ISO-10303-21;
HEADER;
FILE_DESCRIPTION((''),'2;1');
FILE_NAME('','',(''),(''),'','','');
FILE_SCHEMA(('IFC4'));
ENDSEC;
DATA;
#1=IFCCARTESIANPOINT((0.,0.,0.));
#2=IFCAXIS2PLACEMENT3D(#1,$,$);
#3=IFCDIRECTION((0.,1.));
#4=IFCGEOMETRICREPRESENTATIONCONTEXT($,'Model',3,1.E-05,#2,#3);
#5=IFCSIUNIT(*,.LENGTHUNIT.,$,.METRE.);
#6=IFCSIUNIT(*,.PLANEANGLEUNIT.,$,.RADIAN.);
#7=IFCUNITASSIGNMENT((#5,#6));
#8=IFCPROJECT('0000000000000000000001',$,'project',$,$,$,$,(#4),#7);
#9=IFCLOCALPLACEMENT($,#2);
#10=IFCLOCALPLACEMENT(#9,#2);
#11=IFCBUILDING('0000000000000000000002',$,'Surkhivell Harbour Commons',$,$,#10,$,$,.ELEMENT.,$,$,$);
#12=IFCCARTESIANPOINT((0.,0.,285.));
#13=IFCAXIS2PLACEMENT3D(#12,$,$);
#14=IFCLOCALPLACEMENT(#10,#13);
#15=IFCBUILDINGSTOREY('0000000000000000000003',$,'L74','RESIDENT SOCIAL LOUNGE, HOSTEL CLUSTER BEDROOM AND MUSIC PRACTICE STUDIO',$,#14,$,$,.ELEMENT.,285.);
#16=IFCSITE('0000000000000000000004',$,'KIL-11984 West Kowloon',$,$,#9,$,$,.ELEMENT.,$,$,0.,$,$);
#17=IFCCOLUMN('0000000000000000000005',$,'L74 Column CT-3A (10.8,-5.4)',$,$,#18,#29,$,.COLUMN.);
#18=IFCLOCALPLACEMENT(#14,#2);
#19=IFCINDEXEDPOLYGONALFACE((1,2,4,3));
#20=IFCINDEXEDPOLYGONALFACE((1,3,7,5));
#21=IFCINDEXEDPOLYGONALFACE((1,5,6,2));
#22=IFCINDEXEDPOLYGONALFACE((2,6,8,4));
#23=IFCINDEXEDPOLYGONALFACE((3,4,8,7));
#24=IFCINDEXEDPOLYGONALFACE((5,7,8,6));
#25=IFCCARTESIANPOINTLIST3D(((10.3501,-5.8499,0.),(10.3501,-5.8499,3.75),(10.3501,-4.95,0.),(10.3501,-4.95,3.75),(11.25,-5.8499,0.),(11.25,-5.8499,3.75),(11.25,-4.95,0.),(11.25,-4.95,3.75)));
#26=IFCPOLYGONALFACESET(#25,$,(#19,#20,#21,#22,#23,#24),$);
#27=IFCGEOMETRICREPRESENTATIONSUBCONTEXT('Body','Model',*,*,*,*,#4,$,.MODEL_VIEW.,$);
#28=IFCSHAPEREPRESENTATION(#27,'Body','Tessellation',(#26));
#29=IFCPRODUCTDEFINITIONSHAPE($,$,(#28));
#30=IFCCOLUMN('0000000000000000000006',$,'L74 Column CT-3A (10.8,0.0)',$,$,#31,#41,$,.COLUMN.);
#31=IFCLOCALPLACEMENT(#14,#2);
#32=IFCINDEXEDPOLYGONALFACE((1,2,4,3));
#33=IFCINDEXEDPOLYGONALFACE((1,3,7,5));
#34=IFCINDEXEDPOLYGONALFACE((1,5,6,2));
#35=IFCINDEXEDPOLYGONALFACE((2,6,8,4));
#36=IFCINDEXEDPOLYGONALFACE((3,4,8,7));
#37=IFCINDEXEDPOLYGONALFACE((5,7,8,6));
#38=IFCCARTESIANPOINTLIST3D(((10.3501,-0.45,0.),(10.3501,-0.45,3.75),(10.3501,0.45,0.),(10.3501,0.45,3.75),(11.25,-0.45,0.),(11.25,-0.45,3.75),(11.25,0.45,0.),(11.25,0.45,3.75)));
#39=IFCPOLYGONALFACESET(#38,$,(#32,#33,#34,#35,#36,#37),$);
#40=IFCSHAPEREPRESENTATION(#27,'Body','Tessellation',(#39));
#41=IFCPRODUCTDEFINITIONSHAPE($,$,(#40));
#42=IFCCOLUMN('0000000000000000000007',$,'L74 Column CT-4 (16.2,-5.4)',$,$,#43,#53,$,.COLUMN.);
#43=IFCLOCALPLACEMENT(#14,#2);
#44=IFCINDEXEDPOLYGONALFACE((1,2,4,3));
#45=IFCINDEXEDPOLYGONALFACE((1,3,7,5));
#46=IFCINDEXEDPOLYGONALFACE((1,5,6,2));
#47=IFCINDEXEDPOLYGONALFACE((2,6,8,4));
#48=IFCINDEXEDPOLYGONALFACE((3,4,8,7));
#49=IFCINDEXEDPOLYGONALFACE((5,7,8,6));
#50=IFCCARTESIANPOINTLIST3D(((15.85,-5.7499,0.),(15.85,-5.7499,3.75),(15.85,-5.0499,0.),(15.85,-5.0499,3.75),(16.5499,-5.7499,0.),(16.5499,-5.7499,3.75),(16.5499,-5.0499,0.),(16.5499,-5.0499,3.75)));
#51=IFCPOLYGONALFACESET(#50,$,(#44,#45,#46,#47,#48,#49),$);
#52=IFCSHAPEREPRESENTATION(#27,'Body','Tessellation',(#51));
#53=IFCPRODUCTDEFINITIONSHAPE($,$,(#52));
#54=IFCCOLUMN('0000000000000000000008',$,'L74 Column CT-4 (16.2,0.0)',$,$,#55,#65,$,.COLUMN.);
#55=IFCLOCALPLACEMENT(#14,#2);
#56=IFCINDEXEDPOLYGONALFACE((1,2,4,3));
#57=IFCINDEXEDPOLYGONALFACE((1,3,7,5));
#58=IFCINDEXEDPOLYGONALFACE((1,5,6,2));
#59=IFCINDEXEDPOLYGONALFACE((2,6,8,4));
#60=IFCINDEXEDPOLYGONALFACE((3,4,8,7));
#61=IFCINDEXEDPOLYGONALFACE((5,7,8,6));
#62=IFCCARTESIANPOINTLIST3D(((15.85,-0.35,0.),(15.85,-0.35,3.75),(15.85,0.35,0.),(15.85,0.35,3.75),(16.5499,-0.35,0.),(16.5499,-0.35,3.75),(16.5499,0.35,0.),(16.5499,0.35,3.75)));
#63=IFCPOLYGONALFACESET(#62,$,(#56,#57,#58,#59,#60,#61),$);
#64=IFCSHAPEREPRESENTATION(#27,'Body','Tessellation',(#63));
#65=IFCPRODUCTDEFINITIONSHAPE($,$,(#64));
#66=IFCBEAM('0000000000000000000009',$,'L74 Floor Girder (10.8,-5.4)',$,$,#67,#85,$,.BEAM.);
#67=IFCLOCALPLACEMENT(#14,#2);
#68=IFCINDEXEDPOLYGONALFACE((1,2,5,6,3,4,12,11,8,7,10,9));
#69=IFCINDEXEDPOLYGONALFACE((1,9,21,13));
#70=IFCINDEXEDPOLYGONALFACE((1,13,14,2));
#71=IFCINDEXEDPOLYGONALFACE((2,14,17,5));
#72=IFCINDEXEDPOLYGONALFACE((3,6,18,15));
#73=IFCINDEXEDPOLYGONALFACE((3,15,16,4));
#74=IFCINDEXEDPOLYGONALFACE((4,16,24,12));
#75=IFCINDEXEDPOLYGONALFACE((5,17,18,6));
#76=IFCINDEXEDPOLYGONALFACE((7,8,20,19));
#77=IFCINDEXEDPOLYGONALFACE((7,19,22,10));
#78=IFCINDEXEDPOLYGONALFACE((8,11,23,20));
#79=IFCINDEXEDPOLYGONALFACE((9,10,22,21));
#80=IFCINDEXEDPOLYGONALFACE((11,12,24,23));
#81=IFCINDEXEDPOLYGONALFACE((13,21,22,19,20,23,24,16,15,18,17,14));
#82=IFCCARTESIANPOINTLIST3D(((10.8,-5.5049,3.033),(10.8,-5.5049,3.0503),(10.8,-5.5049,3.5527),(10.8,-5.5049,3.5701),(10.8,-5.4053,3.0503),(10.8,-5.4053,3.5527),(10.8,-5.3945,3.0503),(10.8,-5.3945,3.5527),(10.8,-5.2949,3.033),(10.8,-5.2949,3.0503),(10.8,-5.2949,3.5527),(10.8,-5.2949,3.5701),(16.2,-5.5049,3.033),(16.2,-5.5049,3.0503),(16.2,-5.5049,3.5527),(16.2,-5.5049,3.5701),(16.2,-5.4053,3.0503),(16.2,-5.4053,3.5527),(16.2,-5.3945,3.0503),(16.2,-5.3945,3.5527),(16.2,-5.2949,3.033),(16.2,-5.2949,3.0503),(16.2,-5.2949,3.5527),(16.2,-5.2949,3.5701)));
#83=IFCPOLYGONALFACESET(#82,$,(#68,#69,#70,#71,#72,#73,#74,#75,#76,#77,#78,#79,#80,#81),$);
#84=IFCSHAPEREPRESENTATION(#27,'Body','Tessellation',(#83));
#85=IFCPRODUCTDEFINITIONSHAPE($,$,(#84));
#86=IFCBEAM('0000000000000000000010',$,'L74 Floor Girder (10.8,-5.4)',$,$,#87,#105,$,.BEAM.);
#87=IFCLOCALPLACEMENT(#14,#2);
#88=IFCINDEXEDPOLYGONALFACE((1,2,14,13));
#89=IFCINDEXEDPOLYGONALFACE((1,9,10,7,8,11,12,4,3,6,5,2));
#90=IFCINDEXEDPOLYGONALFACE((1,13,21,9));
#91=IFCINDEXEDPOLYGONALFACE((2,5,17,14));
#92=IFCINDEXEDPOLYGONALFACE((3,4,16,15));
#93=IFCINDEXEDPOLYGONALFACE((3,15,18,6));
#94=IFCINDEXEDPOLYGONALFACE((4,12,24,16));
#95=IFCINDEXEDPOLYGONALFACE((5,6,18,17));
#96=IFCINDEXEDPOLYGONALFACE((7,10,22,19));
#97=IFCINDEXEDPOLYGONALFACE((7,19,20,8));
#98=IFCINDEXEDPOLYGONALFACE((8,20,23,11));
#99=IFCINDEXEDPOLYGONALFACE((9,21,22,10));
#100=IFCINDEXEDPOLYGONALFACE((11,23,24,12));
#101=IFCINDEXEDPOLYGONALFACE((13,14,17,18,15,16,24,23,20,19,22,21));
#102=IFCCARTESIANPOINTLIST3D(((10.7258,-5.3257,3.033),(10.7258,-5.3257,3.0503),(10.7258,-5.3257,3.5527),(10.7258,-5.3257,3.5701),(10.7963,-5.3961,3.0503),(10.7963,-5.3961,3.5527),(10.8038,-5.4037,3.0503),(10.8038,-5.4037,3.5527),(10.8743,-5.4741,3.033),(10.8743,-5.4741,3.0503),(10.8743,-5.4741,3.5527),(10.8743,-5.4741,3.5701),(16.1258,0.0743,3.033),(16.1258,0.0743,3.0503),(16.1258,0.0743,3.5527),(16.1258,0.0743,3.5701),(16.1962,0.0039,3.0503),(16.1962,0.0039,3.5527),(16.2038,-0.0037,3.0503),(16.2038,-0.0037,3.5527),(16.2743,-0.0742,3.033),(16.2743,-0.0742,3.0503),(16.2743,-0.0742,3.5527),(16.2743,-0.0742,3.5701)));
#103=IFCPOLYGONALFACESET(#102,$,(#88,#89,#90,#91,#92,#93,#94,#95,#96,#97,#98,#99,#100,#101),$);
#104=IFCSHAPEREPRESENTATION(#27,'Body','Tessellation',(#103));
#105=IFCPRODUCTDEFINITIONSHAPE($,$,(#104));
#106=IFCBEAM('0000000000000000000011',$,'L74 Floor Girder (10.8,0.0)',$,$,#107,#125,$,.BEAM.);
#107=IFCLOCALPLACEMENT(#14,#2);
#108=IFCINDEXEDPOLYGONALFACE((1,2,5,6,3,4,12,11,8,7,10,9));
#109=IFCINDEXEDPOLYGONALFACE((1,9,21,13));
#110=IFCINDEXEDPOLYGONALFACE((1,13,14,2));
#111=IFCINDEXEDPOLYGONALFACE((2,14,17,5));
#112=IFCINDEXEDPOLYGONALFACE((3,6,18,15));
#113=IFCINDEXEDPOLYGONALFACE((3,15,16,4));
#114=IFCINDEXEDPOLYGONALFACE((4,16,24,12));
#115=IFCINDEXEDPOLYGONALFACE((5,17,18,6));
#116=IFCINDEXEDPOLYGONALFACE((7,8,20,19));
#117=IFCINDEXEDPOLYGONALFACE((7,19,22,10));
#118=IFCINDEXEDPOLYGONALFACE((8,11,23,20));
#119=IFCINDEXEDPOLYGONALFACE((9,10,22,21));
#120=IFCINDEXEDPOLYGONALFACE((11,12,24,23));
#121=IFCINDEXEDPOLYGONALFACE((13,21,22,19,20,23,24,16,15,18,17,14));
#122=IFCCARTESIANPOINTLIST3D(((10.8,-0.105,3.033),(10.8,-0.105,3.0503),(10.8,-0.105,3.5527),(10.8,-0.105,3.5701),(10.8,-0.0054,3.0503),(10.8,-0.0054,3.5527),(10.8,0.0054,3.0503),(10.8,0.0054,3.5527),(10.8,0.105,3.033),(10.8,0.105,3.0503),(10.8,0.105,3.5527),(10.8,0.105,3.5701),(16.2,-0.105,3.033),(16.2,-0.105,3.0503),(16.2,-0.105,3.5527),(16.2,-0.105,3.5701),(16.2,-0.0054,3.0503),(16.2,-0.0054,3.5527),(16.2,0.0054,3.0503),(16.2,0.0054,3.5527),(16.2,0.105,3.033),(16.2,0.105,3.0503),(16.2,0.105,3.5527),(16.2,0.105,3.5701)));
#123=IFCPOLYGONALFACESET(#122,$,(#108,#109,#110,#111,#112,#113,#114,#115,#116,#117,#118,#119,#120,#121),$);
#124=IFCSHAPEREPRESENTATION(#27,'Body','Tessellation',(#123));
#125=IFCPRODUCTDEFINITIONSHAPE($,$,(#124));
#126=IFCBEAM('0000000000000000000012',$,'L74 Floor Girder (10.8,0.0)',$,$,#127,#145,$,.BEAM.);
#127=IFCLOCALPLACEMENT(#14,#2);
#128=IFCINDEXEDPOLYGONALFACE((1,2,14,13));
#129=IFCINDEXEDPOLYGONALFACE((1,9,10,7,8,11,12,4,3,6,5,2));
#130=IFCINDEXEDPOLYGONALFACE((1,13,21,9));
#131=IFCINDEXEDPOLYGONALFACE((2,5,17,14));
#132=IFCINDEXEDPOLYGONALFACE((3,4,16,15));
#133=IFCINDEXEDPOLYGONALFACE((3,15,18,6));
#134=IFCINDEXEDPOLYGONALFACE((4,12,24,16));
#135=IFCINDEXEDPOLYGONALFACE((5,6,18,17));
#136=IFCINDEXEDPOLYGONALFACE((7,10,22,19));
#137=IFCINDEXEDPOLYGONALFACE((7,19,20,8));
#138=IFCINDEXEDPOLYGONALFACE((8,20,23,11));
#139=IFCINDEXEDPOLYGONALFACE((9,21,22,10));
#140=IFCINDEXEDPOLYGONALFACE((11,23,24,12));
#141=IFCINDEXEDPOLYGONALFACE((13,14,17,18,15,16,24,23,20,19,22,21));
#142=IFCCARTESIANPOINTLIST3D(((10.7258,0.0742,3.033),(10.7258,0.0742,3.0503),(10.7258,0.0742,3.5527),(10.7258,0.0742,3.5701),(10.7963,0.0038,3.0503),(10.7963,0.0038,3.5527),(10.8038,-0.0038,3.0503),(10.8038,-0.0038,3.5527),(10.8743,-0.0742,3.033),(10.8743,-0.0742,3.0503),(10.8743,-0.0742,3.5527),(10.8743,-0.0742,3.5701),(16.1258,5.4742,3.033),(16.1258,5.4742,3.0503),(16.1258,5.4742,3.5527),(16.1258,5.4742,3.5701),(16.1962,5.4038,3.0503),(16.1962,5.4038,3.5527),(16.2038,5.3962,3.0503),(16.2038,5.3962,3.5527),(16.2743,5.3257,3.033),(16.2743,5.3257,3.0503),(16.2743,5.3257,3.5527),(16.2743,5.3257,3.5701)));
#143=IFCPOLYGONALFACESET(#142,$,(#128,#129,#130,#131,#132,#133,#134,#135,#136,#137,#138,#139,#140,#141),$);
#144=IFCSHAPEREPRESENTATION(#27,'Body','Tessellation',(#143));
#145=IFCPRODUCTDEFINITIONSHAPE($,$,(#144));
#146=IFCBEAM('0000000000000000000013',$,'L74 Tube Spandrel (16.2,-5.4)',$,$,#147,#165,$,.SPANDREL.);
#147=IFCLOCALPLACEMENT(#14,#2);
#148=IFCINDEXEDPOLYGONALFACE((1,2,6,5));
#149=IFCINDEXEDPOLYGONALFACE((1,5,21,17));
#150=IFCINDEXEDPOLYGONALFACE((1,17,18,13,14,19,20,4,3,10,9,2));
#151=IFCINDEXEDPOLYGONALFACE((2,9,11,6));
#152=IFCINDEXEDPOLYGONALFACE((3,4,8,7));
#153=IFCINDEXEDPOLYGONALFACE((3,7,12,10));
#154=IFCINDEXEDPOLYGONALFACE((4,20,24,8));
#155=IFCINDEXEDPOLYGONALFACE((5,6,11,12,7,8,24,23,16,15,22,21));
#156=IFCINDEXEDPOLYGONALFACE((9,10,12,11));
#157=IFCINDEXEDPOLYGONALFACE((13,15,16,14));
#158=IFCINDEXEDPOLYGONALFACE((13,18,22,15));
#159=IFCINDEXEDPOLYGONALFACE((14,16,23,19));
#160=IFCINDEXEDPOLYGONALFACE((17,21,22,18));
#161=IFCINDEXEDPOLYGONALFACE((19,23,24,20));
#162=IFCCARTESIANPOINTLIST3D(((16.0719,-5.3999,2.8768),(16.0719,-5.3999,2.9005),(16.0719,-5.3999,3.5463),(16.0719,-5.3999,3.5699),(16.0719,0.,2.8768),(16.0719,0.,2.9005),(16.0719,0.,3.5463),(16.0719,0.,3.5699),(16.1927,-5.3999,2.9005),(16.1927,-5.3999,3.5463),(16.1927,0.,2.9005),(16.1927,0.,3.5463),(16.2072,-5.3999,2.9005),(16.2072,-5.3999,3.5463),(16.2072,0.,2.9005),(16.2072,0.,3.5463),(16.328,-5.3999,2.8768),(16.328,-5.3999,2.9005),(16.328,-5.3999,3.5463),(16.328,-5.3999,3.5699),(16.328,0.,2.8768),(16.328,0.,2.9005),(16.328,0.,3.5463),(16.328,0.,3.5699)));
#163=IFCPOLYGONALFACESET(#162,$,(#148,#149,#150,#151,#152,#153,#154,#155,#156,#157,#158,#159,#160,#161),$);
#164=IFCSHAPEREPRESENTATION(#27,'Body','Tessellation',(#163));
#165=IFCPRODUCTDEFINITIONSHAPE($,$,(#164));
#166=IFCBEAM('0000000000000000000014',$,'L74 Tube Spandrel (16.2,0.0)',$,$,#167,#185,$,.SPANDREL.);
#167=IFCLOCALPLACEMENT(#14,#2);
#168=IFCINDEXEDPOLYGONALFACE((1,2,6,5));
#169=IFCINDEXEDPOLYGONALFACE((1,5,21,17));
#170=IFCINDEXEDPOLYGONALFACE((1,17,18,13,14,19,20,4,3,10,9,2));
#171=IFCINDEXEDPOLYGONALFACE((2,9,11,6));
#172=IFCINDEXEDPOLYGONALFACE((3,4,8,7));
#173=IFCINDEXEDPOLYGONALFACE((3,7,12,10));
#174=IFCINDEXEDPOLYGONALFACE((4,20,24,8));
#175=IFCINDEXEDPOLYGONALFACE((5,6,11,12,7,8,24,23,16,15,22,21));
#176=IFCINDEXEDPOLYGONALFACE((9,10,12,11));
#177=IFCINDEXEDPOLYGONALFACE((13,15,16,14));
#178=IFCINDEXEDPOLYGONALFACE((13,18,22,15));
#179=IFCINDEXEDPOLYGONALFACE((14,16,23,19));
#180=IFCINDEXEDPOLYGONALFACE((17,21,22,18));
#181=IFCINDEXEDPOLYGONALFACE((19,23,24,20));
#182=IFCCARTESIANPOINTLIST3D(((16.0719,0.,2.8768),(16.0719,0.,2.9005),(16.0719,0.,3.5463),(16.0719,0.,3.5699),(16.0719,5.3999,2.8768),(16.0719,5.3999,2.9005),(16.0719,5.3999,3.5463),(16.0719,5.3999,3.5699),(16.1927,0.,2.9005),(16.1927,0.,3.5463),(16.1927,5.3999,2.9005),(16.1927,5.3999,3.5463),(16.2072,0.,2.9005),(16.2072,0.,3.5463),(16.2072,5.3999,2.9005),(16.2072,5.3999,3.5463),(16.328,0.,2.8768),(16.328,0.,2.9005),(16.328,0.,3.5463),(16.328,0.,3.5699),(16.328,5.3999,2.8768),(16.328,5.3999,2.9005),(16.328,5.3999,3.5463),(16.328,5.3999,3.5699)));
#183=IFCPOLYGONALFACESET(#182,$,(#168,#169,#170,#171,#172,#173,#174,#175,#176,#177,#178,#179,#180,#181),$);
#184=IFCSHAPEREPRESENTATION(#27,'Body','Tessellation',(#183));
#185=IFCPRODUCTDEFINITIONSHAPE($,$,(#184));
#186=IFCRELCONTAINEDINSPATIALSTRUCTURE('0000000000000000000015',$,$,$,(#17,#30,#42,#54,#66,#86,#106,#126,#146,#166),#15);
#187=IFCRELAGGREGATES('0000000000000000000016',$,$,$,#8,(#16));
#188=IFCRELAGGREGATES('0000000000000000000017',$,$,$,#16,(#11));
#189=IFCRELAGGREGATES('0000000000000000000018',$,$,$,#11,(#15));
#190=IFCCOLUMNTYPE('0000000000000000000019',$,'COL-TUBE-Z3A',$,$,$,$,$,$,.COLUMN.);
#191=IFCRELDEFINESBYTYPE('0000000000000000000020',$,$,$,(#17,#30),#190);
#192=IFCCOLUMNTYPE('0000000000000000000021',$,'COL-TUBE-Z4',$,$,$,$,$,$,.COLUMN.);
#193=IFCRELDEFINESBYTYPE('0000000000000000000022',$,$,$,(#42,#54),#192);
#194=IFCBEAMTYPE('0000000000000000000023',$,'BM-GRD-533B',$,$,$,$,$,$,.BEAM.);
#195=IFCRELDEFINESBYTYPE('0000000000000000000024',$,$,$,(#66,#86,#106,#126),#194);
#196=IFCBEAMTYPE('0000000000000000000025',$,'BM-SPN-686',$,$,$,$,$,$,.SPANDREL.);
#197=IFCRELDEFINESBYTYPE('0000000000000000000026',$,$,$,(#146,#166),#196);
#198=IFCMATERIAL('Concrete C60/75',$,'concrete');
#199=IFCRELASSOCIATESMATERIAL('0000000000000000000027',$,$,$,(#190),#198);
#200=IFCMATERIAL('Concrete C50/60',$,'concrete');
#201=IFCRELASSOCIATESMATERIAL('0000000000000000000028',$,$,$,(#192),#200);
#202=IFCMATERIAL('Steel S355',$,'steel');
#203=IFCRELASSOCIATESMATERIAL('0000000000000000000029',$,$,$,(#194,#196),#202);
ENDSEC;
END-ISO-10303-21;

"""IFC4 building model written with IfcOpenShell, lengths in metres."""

from ifc_helpers import new_model, si_unit, direction, frame, origin, origin_2d, place, context, subcontext, project, spatial, rectangle, i_section, extrude, material, material_profile, profile_set, type_object, element, save


model = new_model("IFC4")

# Units and contexts
model_context = context("Model", 3, precision=1e-05, world=origin(), true_north=direction((0.0, 1.0)))
body_context = subcontext(model_context, "Body", "Model", "MODEL_VIEW")
ifc_project = project(units=[si_unit("LENGTHUNIT", "METRE"), si_unit("PLANEANGLEUNIT", "RADIAN")], contexts=[model_context])

# Site, building, storey
site_placement = place(None, origin())
site = spatial("IfcSite", under=ifc_project, at=site_placement, Name="KIL-11984 West Kowloon", CompositionType="ELEMENT", RefElevation=0.0)
building_placement = place(site_placement, origin())
building = spatial("IfcBuilding", under=site, at=building_placement, Name="Surkhivell Harbour Commons", CompositionType="ELEMENT")
storey_placement = place(building_placement, frame((0.0, 0.0, 285.0)))
storey = spatial("IfcBuildingStorey", under=building, at=storey_placement, Name="L74", Description="RESIDENT SOCIAL LOUNGE, HOSTEL CLUSTER BEDROOM AND MUSIC PRACTICE STUDIO", CompositionType="ELEMENT", Elevation=285.0)

# Columns
ifc_material_1 = material(Name="Concrete C60/75", Category="concrete")
ifc_material_profile_1 = material_profile(ifc_material_1, rectangle(XDim=0.8999, YDim=0.8999, at=origin_2d()), Name="RC-COL-900x900")
ifc_profile_set_1 = profile_set([ifc_material_profile_1], Name="Concrete C60/75")
column_type_1 = type_object("IfcColumnType", Name="COL-TUBE-Z3A", PredefinedType="COLUMN", material=ifc_profile_set_1)
for number, where, z_axis, x_axis, name in (
    (1, (10.8, -5.3999, 0.0), (0.0, 0.0, 1.0), (1.0, 0.0, 0.0), "L74 Column CT-3A (10.8,-5.4)"),
    (2, (10.8, 0.0, 0.0), (0.0, 0.0, 1.0), (1.0, 0.0, 0.0), "L74 Column CT-3A (10.8,0.0)"),
):
    element("IfcColumn", number, at=place(storey_placement, frame(where, z_axis=z_axis, x_axis=x_axis)), inside=storey, type_object=column_type_1, Name=name, PredefinedType="COLUMN", context=body_context, shape_type="SweptSolid", body=[
        extrude(rectangle(XDim=0.8999, YDim=0.8999, at=origin_2d()), origin(), (0.0, 0.0, 1.0), 3.75),
    ])
ifc_material_2 = material(Name="Concrete C50/60", Category="concrete")
ifc_material_profile_2 = material_profile(ifc_material_2, rectangle(XDim=0.7, YDim=0.7, at=origin_2d()), Name="RC-COL-700x700")
ifc_profile_set_2 = profile_set([ifc_material_profile_2], Name="Concrete C50/60")
column_type_2 = type_object("IfcColumnType", Name="COL-TUBE-Z4", PredefinedType="COLUMN", material=ifc_profile_set_2)
for number, where, z_axis, x_axis, name in (
    (3, (16.2, -5.3999, 0.0), (0.0, 0.0, 1.0), (1.0, 0.0, 0.0), "L74 Column CT-4 (16.2,-5.4)"),
    (4, (16.2, 0.0, 0.0), (0.0, 0.0, 1.0), (1.0, 0.0, 0.0), "L74 Column CT-4 (16.2,0.0)"),
):
    element("IfcColumn", number, at=place(storey_placement, frame(where, z_axis=z_axis, x_axis=x_axis)), inside=storey, type_object=column_type_2, Name=name, PredefinedType="COLUMN", context=body_context, shape_type="SweptSolid", body=[
        extrude(rectangle(XDim=0.7, YDim=0.7, at=origin_2d()), origin(), (0.0, 0.0, 1.0), 3.75),
    ])

# Beams
ifc_material_3 = material(Name="Steel S355", Category="steel")
ifc_material_profile_3 = material_profile(ifc_material_3, i_section(OverallWidth=0.21, OverallDepth=0.5371, WebThickness=0.0107, FlangeThickness=0.0173, at=origin_2d()), Name="UB533x210x101")
ifc_profile_set_3 = profile_set([ifc_material_profile_3], Name="Steel S355")
beam_type_1 = type_object("IfcBeamType", Name="BM-GRD-533B", PredefinedType="BEAM", material=ifc_profile_set_3)
beam_1_placement = place(storey_placement, frame((10.8, -5.3999, 3.3015), z_axis=(1.0, 0.0, 0.0), x_axis=(0.0, 1.0, 0.0)))
element("IfcBeam", 5, at=beam_1_placement, inside=storey, type_object=beam_type_1, Name="L74 Floor Girder (10.8,-5.4)", PredefinedType="BEAM", context=body_context, shape_type="SweptSolid", body=[
    extrude(i_section(OverallWidth=0.21, OverallDepth=0.5371, WebThickness=0.0107, FlangeThickness=0.0173, at=origin_2d()), origin(), (0.0, 0.0, 1.0), 5.3999),
])
beam_2_placement = place(storey_placement, frame((10.8, -5.3999, 3.3015), z_axis=(0.707107, 0.707107, 0.0), x_axis=(-0.707107, 0.707107, 0.0)))
element("IfcBeam", 6, at=beam_2_placement, inside=storey, type_object=beam_type_1, Name="L74 Floor Girder (10.8,-5.4)", PredefinedType="BEAM", context=body_context, shape_type="SweptSolid", body=[
    extrude(i_section(OverallWidth=0.21, OverallDepth=0.5371, WebThickness=0.0107, FlangeThickness=0.0173, at=origin_2d()), origin(), (0.0, 0.0, 1.0), 7.6367),
])
beam_3_placement = place(storey_placement, frame((10.8, 0.0, 3.3015), z_axis=(1.0, 0.0, 0.0), x_axis=(0.0, 1.0, 0.0)))
element("IfcBeam", 7, at=beam_3_placement, inside=storey, type_object=beam_type_1, Name="L74 Floor Girder (10.8,0.0)", PredefinedType="BEAM", context=body_context, shape_type="SweptSolid", body=[
    extrude(i_section(OverallWidth=0.21, OverallDepth=0.5371, WebThickness=0.0107, FlangeThickness=0.0173, at=origin_2d()), origin(), (0.0, 0.0, 1.0), 5.3999),
])
beam_4_placement = place(storey_placement, frame((10.8, 0.0, 3.3015), z_axis=(0.707107, 0.707107, 0.0), x_axis=(-0.707107, 0.707107, 0.0)))
element("IfcBeam", 8, at=beam_4_placement, inside=storey, type_object=beam_type_1, Name="L74 Floor Girder (10.8,0.0)", PredefinedType="BEAM", context=body_context, shape_type="SweptSolid", body=[
    extrude(i_section(OverallWidth=0.21, OverallDepth=0.5371, WebThickness=0.0107, FlangeThickness=0.0173, at=origin_2d()), origin(), (0.0, 0.0, 1.0), 7.6367),
])
ifc_material_profile_4 = material_profile(ifc_material_3, i_section(OverallWidth=0.2561, OverallDepth=0.6931, WebThickness=0.0144, FlangeThickness=0.0237, at=origin_2d()), Name="UB686x254x170")
ifc_profile_set_4 = profile_set([ifc_material_profile_4], Name="Steel S355")
beam_type_2 = type_object("IfcBeamType", Name="BM-SPN-686", PredefinedType="SPANDREL", material=ifc_profile_set_4)
for number, where, z_axis, x_axis, name in (
    (9, (16.2, -5.3999, 3.2234), (0.0, 1.0, 0.0), (-1.0, 0.0, 0.0), "L74 Tube Spandrel (16.2,-5.4)"),
    (10, (16.2, 0.0, 3.2234), (0.0, 1.0, 0.0), (-1.0, 0.0, 0.0), "L74 Tube Spandrel (16.2,0.0)"),
):
    element("IfcBeam", number, at=place(storey_placement, frame(where, z_axis=z_axis, x_axis=x_axis)), inside=storey, type_object=beam_type_2, Name=name, PredefinedType="SPANDREL", context=body_context, shape_type="SweptSolid", body=[
        extrude(i_section(OverallWidth=0.2561, OverallDepth=0.6931, WebThickness=0.0144, FlangeThickness=0.0237, at=origin_2d()), origin(), (0.0, 0.0, 1.0), 5.3999),
    ])

save(model, "model.ifc")
